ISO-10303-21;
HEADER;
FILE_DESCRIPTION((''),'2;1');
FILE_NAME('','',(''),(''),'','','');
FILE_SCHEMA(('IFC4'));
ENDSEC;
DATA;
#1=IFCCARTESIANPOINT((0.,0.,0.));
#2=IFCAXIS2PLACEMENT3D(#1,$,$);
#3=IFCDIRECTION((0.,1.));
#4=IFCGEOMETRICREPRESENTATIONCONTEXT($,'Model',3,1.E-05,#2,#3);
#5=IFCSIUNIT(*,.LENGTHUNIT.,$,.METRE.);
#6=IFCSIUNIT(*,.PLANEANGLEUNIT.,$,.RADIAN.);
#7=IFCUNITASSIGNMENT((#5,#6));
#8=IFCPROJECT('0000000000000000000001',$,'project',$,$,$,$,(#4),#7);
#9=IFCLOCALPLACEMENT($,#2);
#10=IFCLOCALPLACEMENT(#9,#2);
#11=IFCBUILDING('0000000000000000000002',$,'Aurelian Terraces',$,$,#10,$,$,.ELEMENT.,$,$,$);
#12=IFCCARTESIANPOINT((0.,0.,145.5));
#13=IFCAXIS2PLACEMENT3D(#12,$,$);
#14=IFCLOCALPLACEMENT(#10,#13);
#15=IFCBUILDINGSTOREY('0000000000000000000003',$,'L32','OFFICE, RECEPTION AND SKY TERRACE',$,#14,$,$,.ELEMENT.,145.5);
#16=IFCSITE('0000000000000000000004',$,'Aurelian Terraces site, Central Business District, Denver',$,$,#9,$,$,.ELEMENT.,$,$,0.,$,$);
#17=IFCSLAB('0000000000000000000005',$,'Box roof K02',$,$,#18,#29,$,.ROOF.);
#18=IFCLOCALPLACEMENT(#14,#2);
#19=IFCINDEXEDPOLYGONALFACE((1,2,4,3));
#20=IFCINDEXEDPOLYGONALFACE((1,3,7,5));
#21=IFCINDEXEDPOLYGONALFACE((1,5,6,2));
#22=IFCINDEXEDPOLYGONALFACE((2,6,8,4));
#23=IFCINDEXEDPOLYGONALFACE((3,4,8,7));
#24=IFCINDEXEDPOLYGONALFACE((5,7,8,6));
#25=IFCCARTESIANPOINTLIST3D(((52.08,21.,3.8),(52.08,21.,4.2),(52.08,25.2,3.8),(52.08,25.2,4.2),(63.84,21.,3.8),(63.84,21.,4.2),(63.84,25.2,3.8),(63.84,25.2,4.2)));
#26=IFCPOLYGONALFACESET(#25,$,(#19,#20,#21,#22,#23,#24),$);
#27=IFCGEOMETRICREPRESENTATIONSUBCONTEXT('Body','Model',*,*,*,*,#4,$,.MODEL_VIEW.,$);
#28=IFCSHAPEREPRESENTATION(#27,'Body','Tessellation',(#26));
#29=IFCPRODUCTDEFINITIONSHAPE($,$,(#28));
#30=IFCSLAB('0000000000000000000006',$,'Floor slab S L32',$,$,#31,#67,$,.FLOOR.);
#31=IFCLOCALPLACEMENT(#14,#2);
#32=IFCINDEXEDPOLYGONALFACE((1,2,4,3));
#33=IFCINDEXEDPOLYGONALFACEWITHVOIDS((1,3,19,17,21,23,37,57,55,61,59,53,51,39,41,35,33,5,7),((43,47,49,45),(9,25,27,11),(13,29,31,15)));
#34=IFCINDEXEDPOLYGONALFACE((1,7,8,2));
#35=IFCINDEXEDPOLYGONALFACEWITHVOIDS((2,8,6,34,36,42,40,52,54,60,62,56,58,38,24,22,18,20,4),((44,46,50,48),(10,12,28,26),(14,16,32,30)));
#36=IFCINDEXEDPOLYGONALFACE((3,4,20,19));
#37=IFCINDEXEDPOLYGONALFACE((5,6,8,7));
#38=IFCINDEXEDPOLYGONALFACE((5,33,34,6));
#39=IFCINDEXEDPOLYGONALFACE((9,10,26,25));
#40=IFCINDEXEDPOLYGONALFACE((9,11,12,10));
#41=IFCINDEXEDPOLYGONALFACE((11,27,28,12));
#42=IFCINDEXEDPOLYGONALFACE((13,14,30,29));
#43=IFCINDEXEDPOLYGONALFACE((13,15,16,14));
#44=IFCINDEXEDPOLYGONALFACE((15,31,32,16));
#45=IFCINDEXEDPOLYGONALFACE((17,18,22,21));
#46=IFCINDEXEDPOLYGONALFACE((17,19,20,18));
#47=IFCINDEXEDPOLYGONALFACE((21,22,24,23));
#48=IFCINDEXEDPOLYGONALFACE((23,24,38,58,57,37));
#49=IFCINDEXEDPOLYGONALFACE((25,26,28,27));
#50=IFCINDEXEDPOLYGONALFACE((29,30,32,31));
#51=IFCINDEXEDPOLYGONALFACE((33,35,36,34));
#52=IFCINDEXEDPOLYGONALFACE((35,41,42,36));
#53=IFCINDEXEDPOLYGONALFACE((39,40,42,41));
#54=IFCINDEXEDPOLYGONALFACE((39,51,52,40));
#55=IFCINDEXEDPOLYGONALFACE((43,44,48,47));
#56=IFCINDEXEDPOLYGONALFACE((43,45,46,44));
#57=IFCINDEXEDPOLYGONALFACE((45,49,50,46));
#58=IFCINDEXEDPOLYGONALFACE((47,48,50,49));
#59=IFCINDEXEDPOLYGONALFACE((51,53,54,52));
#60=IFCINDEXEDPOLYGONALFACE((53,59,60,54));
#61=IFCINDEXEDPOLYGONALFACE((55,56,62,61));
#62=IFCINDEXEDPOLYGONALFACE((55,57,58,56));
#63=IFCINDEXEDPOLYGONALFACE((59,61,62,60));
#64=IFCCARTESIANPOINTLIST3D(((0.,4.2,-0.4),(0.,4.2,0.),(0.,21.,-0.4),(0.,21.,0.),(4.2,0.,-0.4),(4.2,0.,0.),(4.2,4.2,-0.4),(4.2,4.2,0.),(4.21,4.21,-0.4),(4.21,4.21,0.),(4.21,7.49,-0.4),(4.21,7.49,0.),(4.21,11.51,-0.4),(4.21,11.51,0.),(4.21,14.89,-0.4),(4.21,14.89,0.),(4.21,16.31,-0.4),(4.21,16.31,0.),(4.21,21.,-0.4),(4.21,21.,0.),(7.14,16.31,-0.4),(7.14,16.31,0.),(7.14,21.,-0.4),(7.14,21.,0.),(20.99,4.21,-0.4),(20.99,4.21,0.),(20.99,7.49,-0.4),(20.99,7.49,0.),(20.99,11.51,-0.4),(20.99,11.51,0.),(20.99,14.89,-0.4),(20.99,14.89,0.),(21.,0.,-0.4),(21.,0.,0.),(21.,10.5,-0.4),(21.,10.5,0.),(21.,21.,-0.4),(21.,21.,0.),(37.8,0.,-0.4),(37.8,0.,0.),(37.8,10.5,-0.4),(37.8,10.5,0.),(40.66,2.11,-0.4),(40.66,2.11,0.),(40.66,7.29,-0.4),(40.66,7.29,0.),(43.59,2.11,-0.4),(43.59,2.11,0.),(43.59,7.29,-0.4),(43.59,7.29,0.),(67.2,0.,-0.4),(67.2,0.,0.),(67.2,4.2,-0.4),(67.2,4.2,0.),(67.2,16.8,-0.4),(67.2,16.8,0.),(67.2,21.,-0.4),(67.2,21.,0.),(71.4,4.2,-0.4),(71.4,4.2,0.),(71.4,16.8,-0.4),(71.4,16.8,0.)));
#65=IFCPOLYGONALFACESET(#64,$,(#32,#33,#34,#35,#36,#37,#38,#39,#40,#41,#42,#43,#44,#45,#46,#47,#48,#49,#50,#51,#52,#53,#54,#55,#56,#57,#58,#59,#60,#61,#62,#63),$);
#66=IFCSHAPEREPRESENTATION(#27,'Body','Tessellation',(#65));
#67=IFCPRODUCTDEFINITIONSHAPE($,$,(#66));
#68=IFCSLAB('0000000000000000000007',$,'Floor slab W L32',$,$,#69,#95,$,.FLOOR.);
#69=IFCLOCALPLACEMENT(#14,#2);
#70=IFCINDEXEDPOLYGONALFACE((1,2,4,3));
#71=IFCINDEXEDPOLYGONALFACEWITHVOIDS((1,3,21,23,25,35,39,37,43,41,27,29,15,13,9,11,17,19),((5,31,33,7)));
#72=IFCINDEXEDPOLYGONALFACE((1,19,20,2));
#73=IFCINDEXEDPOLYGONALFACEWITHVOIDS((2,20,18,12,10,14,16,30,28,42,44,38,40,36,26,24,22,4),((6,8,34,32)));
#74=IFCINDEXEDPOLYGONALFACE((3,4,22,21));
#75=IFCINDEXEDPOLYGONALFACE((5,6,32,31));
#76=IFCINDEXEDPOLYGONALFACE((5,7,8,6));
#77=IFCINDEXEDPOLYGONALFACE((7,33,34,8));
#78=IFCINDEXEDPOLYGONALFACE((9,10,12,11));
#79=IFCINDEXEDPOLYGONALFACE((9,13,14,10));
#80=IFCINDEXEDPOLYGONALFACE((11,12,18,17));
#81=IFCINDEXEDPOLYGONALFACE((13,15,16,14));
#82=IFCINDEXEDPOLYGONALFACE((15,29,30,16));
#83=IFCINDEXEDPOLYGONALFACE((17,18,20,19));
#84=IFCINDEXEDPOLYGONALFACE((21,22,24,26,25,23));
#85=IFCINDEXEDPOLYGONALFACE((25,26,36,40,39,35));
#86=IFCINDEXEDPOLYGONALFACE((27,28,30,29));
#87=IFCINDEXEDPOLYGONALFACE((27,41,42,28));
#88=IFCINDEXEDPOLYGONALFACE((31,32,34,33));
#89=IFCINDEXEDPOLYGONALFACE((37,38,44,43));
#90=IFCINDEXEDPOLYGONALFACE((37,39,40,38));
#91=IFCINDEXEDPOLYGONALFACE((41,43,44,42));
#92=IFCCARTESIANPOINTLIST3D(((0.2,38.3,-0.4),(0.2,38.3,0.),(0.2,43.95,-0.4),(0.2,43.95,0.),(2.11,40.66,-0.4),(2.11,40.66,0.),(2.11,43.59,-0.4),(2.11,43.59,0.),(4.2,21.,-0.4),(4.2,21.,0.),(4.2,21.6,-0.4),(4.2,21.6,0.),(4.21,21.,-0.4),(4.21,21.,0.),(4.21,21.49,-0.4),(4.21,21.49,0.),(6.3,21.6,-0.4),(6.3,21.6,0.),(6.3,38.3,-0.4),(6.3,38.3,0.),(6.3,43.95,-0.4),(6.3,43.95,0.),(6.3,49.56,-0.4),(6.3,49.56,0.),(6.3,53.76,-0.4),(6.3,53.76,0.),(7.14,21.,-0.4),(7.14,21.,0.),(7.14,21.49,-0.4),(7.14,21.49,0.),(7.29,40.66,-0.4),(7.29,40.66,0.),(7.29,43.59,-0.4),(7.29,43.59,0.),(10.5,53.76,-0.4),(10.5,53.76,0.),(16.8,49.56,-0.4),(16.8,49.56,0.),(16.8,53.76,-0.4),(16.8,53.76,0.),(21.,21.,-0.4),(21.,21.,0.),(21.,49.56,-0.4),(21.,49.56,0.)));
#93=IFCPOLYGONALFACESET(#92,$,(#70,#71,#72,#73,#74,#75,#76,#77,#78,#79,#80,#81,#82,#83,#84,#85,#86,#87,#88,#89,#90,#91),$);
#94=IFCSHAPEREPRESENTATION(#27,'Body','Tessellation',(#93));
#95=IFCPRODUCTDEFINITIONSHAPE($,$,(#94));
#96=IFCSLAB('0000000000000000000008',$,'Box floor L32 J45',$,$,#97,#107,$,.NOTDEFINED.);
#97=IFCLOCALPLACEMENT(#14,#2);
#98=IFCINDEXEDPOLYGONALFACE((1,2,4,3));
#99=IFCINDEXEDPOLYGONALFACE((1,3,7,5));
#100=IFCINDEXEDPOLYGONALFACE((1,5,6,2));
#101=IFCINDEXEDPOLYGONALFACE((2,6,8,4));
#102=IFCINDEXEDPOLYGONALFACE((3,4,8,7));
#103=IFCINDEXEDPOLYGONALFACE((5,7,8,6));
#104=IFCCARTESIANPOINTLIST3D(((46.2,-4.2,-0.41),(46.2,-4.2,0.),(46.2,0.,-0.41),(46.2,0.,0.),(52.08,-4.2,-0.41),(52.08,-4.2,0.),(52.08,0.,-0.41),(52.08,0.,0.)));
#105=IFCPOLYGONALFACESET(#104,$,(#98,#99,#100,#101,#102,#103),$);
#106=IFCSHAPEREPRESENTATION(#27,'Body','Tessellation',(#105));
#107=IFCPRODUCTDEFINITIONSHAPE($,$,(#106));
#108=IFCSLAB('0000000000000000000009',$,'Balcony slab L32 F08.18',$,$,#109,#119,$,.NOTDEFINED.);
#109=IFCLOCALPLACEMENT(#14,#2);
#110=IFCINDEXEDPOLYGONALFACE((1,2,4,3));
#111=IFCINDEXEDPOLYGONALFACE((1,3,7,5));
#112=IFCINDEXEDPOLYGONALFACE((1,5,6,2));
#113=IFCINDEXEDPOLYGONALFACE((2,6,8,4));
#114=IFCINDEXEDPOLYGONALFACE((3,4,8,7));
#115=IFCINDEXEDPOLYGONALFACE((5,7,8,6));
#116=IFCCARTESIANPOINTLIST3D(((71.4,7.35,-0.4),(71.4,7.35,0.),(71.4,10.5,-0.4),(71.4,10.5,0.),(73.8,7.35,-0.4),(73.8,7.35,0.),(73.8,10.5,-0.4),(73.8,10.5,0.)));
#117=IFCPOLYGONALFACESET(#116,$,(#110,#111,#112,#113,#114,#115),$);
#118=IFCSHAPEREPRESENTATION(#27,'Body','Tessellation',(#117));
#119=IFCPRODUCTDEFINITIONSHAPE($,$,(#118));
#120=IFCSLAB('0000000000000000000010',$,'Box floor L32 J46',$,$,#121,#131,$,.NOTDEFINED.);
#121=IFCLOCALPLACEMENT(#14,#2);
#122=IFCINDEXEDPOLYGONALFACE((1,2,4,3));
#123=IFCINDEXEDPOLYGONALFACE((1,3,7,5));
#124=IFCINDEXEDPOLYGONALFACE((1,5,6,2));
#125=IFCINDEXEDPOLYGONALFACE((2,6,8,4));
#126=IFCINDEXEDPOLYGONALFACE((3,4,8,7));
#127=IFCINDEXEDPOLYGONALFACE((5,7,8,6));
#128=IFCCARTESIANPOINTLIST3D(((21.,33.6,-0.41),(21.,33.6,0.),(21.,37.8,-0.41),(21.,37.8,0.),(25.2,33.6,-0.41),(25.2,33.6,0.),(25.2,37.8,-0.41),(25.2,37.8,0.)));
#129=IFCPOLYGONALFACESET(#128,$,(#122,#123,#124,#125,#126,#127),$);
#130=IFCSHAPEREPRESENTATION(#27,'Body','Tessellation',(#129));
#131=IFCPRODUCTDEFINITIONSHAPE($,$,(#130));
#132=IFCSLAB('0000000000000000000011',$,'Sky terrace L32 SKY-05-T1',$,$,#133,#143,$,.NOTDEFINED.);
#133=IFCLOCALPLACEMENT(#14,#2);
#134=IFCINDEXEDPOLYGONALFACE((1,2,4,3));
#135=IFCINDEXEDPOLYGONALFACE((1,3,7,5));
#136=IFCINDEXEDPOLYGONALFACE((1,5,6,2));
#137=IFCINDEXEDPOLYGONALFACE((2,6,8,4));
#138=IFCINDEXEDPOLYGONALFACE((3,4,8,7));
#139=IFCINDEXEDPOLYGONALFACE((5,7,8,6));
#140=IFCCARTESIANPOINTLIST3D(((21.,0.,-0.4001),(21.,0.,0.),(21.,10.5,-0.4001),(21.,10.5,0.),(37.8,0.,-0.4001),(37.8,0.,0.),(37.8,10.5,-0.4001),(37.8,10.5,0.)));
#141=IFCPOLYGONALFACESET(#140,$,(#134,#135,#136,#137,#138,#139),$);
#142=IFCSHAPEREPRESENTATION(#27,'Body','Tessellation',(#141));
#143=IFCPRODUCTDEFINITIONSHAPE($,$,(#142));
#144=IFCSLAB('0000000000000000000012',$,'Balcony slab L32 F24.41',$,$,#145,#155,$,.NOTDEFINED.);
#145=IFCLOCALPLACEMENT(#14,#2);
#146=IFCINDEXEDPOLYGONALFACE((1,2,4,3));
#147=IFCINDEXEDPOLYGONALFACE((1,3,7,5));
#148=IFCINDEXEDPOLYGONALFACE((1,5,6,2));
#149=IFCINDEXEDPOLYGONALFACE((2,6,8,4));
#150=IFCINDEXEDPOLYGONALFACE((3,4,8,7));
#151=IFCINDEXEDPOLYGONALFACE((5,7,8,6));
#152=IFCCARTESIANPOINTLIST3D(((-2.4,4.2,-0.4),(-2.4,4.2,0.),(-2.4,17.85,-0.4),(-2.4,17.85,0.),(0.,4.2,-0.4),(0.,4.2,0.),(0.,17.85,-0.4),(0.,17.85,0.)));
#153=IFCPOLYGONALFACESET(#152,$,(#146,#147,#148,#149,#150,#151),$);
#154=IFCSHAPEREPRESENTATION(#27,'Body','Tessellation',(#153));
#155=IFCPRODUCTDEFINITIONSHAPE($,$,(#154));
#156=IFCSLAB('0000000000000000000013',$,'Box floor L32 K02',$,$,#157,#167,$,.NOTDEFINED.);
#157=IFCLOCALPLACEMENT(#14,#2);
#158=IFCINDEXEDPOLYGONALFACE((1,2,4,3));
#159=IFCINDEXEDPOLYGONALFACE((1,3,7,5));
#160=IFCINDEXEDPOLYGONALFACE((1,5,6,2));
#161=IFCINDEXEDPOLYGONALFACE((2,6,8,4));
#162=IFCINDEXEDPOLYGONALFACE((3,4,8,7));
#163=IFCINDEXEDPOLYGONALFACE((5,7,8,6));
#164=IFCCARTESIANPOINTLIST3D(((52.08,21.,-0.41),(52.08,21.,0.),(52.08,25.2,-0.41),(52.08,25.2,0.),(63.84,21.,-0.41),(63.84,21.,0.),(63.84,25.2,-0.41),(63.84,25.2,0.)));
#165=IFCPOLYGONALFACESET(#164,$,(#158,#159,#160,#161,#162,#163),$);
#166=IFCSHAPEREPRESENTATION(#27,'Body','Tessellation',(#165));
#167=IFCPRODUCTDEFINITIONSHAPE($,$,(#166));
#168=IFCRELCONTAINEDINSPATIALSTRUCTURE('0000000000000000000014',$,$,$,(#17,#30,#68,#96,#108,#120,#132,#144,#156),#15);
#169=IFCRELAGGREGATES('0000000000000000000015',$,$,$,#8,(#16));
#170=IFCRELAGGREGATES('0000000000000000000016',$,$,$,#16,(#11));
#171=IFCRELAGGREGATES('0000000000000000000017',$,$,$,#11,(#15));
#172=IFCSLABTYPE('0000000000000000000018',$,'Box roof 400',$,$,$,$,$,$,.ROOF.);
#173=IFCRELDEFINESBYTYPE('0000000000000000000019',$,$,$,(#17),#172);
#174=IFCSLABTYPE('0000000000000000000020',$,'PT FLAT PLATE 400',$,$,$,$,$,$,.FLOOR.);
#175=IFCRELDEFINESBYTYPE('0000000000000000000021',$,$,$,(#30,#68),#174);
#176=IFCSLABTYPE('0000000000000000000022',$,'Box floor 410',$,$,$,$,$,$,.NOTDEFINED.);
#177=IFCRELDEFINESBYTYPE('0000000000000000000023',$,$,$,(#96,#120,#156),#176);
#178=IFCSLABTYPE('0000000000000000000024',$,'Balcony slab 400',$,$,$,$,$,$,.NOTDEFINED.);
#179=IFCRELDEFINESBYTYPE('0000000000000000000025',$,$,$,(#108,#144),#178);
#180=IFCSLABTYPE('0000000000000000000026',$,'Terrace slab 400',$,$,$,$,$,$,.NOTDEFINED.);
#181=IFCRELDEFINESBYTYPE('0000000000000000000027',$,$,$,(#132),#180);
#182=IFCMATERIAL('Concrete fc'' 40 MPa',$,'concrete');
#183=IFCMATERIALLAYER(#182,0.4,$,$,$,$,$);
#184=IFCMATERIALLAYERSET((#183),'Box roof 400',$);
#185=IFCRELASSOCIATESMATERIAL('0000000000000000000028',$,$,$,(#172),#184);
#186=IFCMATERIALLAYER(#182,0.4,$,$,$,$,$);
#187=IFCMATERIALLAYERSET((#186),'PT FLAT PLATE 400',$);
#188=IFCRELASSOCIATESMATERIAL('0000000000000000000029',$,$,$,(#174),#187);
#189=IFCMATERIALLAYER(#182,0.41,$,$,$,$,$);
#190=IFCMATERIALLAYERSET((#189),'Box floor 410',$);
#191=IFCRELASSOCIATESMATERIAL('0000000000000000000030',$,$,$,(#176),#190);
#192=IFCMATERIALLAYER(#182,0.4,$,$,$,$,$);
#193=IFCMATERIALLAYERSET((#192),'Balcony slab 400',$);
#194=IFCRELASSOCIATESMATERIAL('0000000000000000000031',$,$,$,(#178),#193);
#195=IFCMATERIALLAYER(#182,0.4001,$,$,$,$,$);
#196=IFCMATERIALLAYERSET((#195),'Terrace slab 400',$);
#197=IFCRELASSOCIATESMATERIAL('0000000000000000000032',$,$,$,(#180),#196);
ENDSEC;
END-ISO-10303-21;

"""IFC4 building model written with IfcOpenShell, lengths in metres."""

from ifc_helpers import new_model, si_unit, direction, frame, origin, place, context, subcontext, project, spatial, polyline, outline, extrude, source, transform, mapped, material, layer, layer_set, type_object, element, save


model = new_model("IFC4")

# Units and contexts
model_context = context("Model", 3, precision=1e-05, world=origin(), true_north=direction((0.0, 1.0)))
body_context = subcontext(model_context, "Body", "Model", "MODEL_VIEW")
ifc_project = project(units=[si_unit("LENGTHUNIT", "METRE"), si_unit("PLANEANGLEUNIT", "RADIAN")], contexts=[model_context])

# Site, building, storey
site_placement = place(None, origin())
site = spatial("IfcSite", under=ifc_project, at=site_placement, Name="Aurelian Terraces site, Central Business District, Denver", CompositionType="ELEMENT", RefElevation=0.0)
building_placement = place(site_placement, origin())
building = spatial("IfcBuilding", under=site, at=building_placement, Name="Aurelian Terraces", CompositionType="ELEMENT")
storey_placement = place(building_placement, frame((0.0, 0.0, 145.5)))
storey = spatial("IfcBuildingStorey", under=building, at=storey_placement, Name="L32", Description="OFFICE, RECEPTION AND SKY TERRACE", CompositionType="ELEMENT", Elevation=145.5)

# Slabs
ifc_material_1 = material(Name="Concrete fc' 40 MPa", Category="concrete")
ifc_layer_1 = layer(ifc_material_1, 0.4)
ifc_layer_set_1 = layer_set([ifc_layer_1], Name="Box roof 400")
slab_type_1 = type_object("IfcSlabType", Name="Box roof 400", PredefinedType="ROOF", material=ifc_layer_set_1)
slab_1_placement = place(storey_placement, frame((0.0, 0.0, 3.8)))
element("IfcSlab", 1, at=slab_1_placement, inside=storey, type_object=slab_type_1, Name="Box roof K02", PredefinedType="ROOF", context=body_context, shape_type="SweptSolid", body=[
    extrude(outline(polyline([(63.84, 25.2), (52.08, 25.2), (52.08, 21.0), (63.84, 21.0), (63.84, 25.2)])), origin(), (0.0, 0.0, 1.0), 0.4),
])
ifc_layer_2 = layer(ifc_material_1, 0.4)
ifc_layer_set_2 = layer_set([ifc_layer_2], Name="PT FLAT PLATE 400")
slab_type_2 = type_object("IfcSlabType", Name="PT FLAT PLATE 400", PredefinedType="FLOOR", material=ifc_layer_set_2)
shared_shape_1 = source(origin(), body_context, "Body", "SweptSolid", [
    extrude(outline(polyline([(71.4, 16.8), (71.4, 4.2), (67.2, 4.2), (67.2, 0.0), (37.8, 0.0), (37.8, 10.5), (21.0, 10.5), (21.0, 0.0), (4.2, 0.0), (4.2, 4.2), (0.0, 4.2), (0.0, 21.0), (4.21, 21.0), (4.21, 16.31), (7.14, 16.31), (7.14, 21.0), (21.0, 21.0), (67.2, 21.0), (67.2, 16.8), (71.4, 16.8)]), holes=[polyline([(40.66, 2.11), (43.59, 2.11), (43.59, 7.29), (40.66, 7.29), (40.66, 2.11)]), polyline([(4.21, 7.49), (4.21, 4.21), (20.99, 4.21), (20.99, 7.49), (4.21, 7.49)]), polyline([(4.21, 14.89), (4.21, 11.51), (20.99, 11.51), (20.99, 14.89), (4.21, 14.89)])]), origin(), (0.0, 0.0, 1.0), 0.4),
])
slab_2_placement = place(storey_placement, frame((0.0, 0.0, -0.4)))
element("IfcSlab", 2, at=slab_2_placement, inside=storey, type_object=slab_type_2, Name="Floor slab S L32", PredefinedType="FLOOR", context=body_context, shape_type="MappedRepresentation", body=[
    mapped(shared_shape_1, transform((0.0, 0.0, 0.0), scale=1.0)),
])
shared_shape_2 = source(origin(), body_context, "Body", "SweptSolid", [
    extrude(outline(polyline([(0.2, 43.95), (6.3, 43.95), (6.3, 49.56), (6.3, 53.76), (10.5, 53.76), (16.8, 53.76), (16.8, 49.56), (21.0, 49.56), (21.0, 21.0), (7.14, 21.0), (7.14, 21.49), (4.21, 21.49), (4.21, 21.0), (4.2, 21.0), (4.2, 21.6), (6.3, 21.6), (6.3, 38.3), (0.2, 38.3), (0.2, 43.95)]), holes=[polyline([(7.29, 43.59), (2.11, 43.59), (2.11, 40.66), (7.29, 40.66), (7.29, 43.59)])]), origin(), (0.0, 0.0, 1.0), 0.4),
])
slab_3_placement = place(storey_placement, frame((0.0, 0.0, -0.4)))
element("IfcSlab", 3, at=slab_3_placement, inside=storey, type_object=slab_type_2, Name="Floor slab W L32", PredefinedType="FLOOR", context=body_context, shape_type="MappedRepresentation", body=[
    mapped(shared_shape_2, transform((0.0, 0.0, 0.0), scale=1.0)),
])
ifc_layer_3 = layer(ifc_material_1, 0.41)
ifc_layer_set_3 = layer_set([ifc_layer_3], Name="Box floor 410")
slab_type_3 = type_object("IfcSlabType", Name="Box floor 410", PredefinedType="NOTDEFINED", material=ifc_layer_set_3)
shared_shape_3 = source(origin(), body_context, "Body", "SweptSolid", [
    extrude(outline(polyline([(46.2, -4.2), (52.08, -4.2), (52.08, 0.0), (46.2, 0.0), (46.2, -4.2)])), origin(), (0.0, 0.0, 1.0), 0.41),
])
slab_4_placement = place(storey_placement, frame((0.0, 0.0, -0.41)))
element("IfcSlab", 4, at=slab_4_placement, inside=storey, type_object=slab_type_3, Name="Box floor L32 J45", PredefinedType="NOTDEFINED", context=body_context, shape_type="MappedRepresentation", body=[
    mapped(shared_shape_3, transform((0.0, 0.0, 0.0), scale=1.0)),
])
ifc_layer_4 = layer(ifc_material_1, 0.4)
ifc_layer_set_4 = layer_set([ifc_layer_4], Name="Balcony slab 400")
slab_type_4 = type_object("IfcSlabType", Name="Balcony slab 400", PredefinedType="NOTDEFINED", material=ifc_layer_set_4)
shared_shape_4 = source(origin(), body_context, "Body", "SweptSolid", [
    extrude(outline(polyline([(71.4, 7.35), (71.4, 10.5), (73.8, 10.5), (73.8, 7.35), (71.4, 7.35)])), origin(), (0.0, 0.0, 1.0), 0.4),
])
slab_5_placement = place(storey_placement, frame((0.0, 0.0, -0.4)))
element("IfcSlab", 5, at=slab_5_placement, inside=storey, type_object=slab_type_4, Name="Balcony slab L32 F08.18", PredefinedType="NOTDEFINED", context=body_context, shape_type="MappedRepresentation", body=[
    mapped(shared_shape_4, transform((0.0, 0.0, 0.0), scale=1.0)),
])
shared_shape_5 = source(origin(), body_context, "Body", "SweptSolid", [
    extrude(outline(polyline([(25.2, 33.6), (25.2, 37.8), (21.0, 37.8), (21.0, 33.6), (25.2, 33.6)])), origin(), (0.0, 0.0, 1.0), 0.41),
])
slab_6_placement = place(storey_placement, frame((0.0, 0.0, -0.41)))
element("IfcSlab", 6, at=slab_6_placement, inside=storey, type_object=slab_type_3, Name="Box floor L32 J46", PredefinedType="NOTDEFINED", context=body_context, shape_type="MappedRepresentation", body=[
    mapped(shared_shape_5, transform((0.0, 0.0, 0.0), scale=1.0)),
])
ifc_layer_5 = layer(ifc_material_1, 0.4001)
ifc_layer_set_5 = layer_set([ifc_layer_5], Name="Terrace slab 400")
slab_type_5 = type_object("IfcSlabType", Name="Terrace slab 400", PredefinedType="NOTDEFINED", material=ifc_layer_set_5)
shared_shape_6 = source(origin(), body_context, "Body", "SweptSolid", [
    extrude(outline(polyline([(37.8, 10.5), (37.8, 0.0), (21.0, 0.0), (21.0, 10.5), (37.8, 10.5)])), origin(), (0.0, 0.0, 1.0), 0.4001),
])
slab_7_placement = place(storey_placement, frame((0.0, 0.0, -0.4001)))
element("IfcSlab", 7, at=slab_7_placement, inside=storey, type_object=slab_type_5, Name="Sky terrace L32 SKY-05-T1", PredefinedType="NOTDEFINED", context=body_context, shape_type="MappedRepresentation", body=[
    mapped(shared_shape_6, transform((0.0, 0.0, 0.0), scale=1.0)),
])
shared_shape_7 = source(origin(), body_context, "Body", "SweptSolid", [
    extrude(outline(polyline([(0.0, 17.85), (0.0, 4.2), (-2.4, 4.2), (-2.4, 17.85), (0.0, 17.85)])), origin(), (0.0, 0.0, 1.0), 0.4),
])
slab_8_placement = place(storey_placement, frame((0.0, 0.0, -0.4)))
element("IfcSlab", 8, at=slab_8_placement, inside=storey, type_object=slab_type_4, Name="Balcony slab L32 F24.41", PredefinedType="NOTDEFINED", context=body_context, shape_type="MappedRepresentation", body=[
    mapped(shared_shape_7, transform((0.0, 0.0, 0.0), scale=1.0)),
])
shared_shape_8 = source(origin(), body_context, "Body", "SweptSolid", [
    extrude(outline(polyline([(63.84, 25.2), (52.08, 25.2), (52.08, 21.0), (63.84, 21.0), (63.84, 25.2)])), origin(), (0.0, 0.0, 1.0), 0.41),
])
slab_9_placement = place(storey_placement, frame((0.0, 0.0, -0.41)))
element("IfcSlab", 9, at=slab_9_placement, inside=storey, type_object=slab_type_3, Name="Box floor L32 K02", PredefinedType="NOTDEFINED", context=body_context, shape_type="MappedRepresentation", body=[
    mapped(shared_shape_8, transform((0.0, 0.0, 0.0), scale=1.0)),
])

save(model, "model.ifc")
